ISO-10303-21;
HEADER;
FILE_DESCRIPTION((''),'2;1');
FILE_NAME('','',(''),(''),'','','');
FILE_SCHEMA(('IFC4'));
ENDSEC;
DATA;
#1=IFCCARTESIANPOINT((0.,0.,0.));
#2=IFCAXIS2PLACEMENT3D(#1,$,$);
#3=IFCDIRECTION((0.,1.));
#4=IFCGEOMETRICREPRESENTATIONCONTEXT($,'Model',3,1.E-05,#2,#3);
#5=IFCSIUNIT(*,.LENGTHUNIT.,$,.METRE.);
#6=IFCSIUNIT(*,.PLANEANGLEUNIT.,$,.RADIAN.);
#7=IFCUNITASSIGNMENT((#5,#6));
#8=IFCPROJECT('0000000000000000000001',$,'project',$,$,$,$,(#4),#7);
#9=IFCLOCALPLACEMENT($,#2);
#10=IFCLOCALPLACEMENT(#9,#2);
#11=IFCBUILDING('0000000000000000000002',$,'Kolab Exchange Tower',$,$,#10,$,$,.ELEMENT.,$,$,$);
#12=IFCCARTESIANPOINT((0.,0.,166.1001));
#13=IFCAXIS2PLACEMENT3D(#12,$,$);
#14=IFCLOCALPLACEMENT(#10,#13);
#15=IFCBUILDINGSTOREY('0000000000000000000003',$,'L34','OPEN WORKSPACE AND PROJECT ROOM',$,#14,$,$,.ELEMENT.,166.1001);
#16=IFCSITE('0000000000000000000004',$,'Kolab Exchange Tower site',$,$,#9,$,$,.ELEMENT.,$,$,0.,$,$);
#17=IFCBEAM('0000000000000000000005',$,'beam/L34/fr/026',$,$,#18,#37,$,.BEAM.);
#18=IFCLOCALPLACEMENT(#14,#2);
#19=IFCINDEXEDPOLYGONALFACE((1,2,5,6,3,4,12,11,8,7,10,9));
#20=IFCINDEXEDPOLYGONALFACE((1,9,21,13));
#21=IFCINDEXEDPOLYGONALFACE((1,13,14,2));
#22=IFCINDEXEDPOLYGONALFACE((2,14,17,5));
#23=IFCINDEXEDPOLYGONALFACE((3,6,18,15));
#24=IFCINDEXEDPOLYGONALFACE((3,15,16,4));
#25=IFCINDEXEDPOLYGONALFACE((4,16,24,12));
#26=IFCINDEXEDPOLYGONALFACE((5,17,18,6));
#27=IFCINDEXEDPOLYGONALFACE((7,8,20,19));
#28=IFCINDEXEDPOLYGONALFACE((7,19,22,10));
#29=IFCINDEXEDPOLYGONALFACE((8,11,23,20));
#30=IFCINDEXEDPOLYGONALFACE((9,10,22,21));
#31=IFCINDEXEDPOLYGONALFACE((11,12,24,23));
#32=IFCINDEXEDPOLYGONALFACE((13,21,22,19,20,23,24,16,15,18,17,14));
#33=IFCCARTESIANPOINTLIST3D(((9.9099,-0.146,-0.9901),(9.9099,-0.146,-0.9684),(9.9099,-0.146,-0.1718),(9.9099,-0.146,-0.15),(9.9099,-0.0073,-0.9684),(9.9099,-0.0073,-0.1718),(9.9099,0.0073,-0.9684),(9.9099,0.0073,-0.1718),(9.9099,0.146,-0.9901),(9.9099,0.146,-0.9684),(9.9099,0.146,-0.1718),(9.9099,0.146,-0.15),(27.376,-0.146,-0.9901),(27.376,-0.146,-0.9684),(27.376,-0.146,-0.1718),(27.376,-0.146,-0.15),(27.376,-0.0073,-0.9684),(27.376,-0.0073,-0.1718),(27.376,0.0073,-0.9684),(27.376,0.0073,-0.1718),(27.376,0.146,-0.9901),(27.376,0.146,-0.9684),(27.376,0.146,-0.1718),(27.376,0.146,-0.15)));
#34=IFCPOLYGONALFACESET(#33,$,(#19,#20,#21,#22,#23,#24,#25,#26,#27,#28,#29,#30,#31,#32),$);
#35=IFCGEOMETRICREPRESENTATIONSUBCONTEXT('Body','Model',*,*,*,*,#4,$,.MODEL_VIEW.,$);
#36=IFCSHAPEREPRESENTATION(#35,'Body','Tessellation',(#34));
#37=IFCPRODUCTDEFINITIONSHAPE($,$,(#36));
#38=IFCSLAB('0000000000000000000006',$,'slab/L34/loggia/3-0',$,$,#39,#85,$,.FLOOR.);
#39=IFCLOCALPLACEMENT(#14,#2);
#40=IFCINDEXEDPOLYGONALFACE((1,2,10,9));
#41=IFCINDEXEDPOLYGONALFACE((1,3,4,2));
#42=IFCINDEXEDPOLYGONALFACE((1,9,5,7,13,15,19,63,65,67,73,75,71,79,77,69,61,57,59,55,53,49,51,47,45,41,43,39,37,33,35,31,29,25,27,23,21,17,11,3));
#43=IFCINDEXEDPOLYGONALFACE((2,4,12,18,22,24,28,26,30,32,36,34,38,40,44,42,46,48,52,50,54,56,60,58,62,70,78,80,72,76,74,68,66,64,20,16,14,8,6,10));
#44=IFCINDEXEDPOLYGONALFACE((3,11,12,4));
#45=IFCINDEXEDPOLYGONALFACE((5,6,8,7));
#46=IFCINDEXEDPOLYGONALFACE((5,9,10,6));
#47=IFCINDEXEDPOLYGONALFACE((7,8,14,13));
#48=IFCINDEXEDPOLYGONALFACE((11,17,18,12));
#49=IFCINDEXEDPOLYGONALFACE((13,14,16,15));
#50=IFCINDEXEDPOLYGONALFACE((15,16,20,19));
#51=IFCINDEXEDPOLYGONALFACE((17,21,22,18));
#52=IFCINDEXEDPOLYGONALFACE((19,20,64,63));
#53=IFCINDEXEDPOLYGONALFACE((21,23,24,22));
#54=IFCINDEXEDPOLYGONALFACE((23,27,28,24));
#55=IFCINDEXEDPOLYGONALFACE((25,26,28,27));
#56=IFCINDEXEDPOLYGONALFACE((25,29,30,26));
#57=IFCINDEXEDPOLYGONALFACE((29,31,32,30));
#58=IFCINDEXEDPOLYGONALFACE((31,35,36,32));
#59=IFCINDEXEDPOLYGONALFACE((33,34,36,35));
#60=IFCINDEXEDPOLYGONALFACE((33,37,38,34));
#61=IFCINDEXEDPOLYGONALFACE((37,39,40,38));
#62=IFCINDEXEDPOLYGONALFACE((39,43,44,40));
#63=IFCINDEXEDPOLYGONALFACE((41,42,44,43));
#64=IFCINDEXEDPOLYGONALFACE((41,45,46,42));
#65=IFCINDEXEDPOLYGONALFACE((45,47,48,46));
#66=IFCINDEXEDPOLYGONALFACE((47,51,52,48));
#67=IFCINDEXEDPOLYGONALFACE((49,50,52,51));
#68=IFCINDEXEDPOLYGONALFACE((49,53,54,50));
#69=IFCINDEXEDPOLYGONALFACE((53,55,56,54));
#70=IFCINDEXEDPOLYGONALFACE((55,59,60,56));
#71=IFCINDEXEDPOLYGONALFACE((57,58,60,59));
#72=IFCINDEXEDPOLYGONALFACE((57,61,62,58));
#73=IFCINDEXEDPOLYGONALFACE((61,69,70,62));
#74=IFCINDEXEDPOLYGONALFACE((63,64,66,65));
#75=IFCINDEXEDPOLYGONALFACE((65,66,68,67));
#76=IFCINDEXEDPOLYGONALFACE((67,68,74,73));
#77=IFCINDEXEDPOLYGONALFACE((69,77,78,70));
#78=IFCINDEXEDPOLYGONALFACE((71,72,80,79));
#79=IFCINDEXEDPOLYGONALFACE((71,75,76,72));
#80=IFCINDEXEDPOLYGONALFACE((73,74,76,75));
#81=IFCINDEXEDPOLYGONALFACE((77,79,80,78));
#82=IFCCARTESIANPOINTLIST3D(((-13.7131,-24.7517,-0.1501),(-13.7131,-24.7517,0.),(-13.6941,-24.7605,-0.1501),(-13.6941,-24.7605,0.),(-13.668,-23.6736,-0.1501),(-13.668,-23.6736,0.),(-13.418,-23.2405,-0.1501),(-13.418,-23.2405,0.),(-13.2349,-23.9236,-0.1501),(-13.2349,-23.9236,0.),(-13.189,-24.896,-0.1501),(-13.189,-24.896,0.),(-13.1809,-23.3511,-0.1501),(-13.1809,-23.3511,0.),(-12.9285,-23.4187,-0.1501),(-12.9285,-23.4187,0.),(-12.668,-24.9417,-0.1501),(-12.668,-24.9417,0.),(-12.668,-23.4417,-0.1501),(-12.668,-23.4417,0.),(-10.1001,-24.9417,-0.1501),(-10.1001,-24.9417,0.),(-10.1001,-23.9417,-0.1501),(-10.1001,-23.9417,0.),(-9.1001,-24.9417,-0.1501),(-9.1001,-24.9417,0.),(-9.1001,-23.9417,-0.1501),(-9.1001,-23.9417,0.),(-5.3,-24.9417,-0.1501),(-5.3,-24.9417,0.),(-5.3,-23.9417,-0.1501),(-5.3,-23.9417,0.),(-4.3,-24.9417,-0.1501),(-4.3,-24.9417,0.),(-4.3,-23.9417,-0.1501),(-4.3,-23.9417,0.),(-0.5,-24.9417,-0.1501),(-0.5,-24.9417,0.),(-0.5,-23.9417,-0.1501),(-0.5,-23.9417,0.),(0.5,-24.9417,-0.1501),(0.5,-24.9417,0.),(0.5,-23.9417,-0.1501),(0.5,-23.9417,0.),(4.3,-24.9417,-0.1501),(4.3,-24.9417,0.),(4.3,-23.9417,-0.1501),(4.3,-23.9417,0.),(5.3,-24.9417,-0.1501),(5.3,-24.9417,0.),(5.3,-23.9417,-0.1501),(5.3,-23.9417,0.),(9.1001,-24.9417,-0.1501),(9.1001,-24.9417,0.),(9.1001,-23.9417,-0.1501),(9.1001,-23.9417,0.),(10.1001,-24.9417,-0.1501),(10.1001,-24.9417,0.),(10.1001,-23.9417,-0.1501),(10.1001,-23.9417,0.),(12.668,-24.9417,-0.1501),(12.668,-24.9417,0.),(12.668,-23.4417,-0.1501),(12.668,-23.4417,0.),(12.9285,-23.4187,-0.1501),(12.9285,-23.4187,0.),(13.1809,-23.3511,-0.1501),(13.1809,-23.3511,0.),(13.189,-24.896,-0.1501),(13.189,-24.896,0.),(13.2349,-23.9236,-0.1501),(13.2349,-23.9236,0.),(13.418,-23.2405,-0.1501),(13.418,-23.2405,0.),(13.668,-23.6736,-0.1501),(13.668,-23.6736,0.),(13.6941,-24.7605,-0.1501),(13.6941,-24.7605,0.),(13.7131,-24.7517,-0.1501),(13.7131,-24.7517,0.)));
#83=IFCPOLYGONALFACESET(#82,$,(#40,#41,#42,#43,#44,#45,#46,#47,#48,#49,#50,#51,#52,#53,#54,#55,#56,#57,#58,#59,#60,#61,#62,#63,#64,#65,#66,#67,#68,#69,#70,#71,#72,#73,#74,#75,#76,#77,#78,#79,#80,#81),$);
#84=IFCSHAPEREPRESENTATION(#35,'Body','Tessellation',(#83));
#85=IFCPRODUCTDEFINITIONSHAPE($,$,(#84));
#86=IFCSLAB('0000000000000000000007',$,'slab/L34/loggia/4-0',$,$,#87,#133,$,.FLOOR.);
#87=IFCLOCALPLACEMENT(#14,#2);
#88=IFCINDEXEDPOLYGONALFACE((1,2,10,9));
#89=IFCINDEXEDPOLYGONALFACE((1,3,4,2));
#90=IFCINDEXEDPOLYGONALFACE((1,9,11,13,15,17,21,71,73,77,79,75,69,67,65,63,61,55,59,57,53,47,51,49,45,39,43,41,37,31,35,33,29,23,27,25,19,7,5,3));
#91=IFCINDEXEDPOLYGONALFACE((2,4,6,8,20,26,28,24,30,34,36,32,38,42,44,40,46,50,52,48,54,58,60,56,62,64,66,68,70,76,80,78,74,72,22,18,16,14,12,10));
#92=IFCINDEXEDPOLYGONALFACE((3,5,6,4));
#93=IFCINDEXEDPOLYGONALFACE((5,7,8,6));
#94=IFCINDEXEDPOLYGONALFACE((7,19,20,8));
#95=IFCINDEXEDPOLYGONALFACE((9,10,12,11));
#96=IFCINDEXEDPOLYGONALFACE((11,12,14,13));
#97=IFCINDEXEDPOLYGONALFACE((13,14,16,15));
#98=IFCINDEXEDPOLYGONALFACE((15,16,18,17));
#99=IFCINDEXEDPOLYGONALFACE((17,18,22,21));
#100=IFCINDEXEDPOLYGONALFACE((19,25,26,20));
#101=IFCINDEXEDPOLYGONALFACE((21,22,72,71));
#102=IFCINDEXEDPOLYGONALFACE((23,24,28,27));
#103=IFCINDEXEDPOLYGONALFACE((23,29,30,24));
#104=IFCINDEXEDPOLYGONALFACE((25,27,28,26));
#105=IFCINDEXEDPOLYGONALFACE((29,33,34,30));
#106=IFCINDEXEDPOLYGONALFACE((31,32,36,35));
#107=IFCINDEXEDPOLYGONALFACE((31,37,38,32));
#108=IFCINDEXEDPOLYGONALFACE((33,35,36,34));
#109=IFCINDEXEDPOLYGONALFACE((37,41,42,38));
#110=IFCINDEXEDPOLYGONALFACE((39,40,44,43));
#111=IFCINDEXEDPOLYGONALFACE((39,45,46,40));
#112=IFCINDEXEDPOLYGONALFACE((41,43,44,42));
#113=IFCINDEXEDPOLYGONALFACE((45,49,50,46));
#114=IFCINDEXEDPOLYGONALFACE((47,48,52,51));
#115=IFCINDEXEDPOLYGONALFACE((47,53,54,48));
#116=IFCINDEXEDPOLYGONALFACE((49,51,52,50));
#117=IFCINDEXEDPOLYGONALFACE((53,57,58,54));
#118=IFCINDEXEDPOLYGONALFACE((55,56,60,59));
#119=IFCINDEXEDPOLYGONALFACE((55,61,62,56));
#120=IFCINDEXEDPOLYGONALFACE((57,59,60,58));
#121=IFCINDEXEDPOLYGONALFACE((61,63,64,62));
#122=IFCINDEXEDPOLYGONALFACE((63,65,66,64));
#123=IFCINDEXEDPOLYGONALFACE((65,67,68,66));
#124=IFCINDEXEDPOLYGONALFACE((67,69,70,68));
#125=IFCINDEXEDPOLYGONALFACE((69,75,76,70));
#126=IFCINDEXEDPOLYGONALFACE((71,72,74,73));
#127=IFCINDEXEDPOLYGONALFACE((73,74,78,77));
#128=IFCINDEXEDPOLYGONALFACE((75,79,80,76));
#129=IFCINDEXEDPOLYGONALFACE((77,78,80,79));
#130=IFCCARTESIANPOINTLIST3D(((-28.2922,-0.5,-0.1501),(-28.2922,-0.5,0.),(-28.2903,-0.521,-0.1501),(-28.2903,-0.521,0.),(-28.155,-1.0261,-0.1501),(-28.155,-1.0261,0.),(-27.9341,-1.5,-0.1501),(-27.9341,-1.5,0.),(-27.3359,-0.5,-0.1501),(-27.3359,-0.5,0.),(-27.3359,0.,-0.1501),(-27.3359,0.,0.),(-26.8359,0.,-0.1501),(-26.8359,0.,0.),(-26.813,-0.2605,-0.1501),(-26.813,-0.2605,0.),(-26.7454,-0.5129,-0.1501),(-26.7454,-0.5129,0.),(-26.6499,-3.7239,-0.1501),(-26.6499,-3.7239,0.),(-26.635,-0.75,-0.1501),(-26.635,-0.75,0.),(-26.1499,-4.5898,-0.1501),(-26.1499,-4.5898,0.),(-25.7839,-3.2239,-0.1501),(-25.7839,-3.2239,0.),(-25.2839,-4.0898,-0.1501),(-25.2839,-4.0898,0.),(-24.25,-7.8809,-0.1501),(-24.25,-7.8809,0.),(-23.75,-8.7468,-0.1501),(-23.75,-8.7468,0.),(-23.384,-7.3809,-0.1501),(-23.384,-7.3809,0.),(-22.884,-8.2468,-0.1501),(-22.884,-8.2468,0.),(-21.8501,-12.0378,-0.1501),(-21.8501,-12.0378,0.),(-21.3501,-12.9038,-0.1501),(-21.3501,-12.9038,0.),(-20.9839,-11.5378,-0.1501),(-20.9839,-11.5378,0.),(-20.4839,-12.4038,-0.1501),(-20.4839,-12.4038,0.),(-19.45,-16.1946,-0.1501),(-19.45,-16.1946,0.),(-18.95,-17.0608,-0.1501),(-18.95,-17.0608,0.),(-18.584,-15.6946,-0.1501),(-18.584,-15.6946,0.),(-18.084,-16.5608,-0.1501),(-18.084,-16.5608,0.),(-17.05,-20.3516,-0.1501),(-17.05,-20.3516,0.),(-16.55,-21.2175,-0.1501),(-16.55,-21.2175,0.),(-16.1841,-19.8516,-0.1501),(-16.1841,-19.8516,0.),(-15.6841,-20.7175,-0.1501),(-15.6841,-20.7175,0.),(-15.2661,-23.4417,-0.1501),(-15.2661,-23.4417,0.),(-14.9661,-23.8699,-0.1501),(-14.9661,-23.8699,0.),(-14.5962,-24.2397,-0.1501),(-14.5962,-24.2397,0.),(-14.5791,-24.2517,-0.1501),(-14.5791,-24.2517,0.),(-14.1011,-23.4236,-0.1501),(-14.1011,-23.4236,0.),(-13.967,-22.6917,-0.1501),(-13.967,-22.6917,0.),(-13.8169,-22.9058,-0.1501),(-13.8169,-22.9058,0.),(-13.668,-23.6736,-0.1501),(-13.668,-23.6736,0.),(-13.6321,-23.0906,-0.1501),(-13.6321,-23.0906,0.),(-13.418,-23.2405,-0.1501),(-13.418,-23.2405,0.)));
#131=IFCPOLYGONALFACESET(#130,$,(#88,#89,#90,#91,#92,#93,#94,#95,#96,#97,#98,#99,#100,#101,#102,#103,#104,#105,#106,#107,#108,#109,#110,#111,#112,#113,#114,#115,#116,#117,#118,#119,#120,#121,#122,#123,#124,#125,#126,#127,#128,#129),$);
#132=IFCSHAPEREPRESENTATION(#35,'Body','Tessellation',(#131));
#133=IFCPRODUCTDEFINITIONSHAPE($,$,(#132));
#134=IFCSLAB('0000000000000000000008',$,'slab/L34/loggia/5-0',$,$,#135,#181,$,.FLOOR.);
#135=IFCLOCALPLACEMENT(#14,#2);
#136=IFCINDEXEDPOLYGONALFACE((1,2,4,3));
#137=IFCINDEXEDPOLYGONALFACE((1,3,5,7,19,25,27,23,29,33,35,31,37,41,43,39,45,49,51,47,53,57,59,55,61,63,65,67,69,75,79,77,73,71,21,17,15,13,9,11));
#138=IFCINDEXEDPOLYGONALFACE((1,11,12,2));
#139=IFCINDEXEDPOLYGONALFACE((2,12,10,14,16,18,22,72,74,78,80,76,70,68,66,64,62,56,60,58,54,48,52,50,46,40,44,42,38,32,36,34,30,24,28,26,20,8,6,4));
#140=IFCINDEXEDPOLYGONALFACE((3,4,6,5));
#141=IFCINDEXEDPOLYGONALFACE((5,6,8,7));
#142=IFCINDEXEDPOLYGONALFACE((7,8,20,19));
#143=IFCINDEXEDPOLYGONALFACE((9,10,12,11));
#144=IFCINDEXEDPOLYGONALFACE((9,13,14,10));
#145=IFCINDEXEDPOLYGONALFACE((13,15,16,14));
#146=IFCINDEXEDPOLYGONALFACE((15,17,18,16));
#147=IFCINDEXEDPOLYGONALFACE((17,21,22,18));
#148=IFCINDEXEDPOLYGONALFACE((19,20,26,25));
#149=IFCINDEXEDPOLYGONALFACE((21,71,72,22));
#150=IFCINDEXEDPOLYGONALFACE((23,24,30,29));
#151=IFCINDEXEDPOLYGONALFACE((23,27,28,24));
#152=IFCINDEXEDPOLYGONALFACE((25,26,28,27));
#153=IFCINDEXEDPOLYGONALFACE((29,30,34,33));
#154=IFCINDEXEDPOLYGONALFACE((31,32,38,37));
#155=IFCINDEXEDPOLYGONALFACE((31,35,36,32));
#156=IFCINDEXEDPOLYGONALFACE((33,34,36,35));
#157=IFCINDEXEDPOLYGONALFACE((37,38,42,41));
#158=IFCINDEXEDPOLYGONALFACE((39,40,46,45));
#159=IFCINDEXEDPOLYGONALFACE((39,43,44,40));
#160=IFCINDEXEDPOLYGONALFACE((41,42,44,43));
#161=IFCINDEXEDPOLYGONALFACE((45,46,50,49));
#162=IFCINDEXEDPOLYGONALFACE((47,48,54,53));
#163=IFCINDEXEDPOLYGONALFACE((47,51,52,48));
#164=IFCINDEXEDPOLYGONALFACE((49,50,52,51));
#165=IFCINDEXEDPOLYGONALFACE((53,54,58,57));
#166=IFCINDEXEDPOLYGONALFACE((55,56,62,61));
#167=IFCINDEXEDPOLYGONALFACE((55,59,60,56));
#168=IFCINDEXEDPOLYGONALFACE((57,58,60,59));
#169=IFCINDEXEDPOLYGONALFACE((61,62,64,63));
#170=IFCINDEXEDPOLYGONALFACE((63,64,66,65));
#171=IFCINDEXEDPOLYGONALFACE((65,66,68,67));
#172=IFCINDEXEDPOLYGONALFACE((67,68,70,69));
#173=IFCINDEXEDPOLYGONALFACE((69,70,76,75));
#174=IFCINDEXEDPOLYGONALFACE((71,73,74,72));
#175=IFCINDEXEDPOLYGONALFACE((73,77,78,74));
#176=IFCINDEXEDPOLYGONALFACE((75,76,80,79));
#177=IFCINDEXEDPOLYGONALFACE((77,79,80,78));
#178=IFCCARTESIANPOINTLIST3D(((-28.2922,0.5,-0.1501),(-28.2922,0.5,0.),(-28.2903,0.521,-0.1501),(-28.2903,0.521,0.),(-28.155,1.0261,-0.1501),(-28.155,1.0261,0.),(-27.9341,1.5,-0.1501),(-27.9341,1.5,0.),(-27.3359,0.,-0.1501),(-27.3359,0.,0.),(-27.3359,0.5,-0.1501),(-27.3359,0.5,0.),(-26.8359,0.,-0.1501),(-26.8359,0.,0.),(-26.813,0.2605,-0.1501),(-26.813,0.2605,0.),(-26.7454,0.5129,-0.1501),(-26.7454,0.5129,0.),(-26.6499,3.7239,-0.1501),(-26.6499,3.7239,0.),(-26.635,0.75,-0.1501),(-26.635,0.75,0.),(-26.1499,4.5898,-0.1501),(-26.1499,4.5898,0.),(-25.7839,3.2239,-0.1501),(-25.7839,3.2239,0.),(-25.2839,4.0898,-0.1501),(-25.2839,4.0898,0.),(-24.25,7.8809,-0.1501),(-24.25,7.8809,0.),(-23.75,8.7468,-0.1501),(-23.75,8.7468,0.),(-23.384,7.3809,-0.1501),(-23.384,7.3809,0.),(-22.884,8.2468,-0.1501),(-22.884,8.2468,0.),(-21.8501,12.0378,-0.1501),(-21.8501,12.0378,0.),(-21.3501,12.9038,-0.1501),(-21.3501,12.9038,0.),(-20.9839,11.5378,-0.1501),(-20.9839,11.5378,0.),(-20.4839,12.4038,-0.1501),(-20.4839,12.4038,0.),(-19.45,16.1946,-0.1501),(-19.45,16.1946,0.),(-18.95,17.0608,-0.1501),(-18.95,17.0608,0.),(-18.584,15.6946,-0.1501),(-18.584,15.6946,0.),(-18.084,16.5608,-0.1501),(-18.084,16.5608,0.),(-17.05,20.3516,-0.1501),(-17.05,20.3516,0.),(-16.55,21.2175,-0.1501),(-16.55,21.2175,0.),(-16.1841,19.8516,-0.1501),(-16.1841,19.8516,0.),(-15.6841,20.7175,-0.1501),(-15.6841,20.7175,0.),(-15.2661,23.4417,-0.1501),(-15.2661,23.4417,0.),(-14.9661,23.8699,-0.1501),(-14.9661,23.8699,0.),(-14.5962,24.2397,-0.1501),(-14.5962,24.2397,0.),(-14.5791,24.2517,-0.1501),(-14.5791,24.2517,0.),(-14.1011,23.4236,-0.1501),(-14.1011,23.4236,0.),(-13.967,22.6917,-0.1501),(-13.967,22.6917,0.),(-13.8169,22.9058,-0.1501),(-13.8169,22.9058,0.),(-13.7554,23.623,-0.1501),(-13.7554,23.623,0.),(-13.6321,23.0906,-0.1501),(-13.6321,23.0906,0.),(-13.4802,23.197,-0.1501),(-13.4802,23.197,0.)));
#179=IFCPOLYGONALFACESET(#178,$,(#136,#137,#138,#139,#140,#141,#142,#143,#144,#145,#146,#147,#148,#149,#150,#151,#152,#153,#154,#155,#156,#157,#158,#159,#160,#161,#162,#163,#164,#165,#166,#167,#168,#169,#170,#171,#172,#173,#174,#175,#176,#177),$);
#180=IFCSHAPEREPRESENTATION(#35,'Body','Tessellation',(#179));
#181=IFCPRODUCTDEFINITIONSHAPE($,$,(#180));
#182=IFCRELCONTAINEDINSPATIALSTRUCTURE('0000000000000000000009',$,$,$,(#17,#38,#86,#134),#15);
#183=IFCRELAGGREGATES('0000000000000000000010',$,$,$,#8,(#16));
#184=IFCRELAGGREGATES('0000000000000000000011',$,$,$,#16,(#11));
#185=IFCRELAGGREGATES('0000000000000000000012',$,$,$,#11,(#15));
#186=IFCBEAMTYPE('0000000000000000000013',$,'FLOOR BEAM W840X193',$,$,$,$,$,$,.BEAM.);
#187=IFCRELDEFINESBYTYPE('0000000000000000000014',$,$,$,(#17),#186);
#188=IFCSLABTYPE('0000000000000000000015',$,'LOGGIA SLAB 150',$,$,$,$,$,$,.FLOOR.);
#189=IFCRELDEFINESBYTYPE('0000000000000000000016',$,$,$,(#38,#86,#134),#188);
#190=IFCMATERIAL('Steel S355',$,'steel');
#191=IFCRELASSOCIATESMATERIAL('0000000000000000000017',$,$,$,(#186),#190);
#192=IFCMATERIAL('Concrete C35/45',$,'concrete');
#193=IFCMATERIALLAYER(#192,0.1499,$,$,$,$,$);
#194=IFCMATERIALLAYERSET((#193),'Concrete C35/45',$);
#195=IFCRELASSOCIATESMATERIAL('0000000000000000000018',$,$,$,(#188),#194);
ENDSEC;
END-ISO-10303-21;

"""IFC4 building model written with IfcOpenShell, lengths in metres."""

from ifc_helpers import new_model, si_unit, direction, frame, origin, origin_2d, place, context, subcontext, project, spatial, polyline, i_section, outline, extrude, material, layer, layer_set, material_profile, profile_set, type_object, element, save


model = new_model("IFC4")

# Units and contexts
model_context = context("Model", 3, precision=1e-05, world=origin(), true_north=direction((0.0, 1.0)))
body_context = subcontext(model_context, "Body", "Model", "MODEL_VIEW")
ifc_project = project(units=[si_unit("LENGTHUNIT", "METRE"), si_unit("PLANEANGLEUNIT", "RADIAN")], contexts=[model_context])

# Site, building, storey
site_placement = place(None, origin())
site = spatial("IfcSite", under=ifc_project, at=site_placement, Name="Kolab Exchange Tower site", CompositionType="ELEMENT", RefElevation=0.0)
building_placement = place(site_placement, origin())
building = spatial("IfcBuilding", under=site, at=building_placement, Name="Kolab Exchange Tower", CompositionType="ELEMENT")
storey_placement = place(building_placement, frame((0.0, 0.0, 166.1001)))
storey = spatial("IfcBuildingStorey", under=building, at=storey_placement, Name="L34", Description="OPEN WORKSPACE AND PROJECT ROOM", CompositionType="ELEMENT", Elevation=166.1001)

# Beam
ifc_material_1 = material(Name="Steel S355", Category="steel")
ifc_material_profile = material_profile(ifc_material_1, i_section(OverallWidth=0.292, OverallDepth=0.8401, WebThickness=0.0146, FlangeThickness=0.0217, at=origin_2d()), Name="W840X193")
ifc_profile_set = profile_set([ifc_material_profile], Name="Steel S355")
beam_type = type_object("IfcBeamType", Name="FLOOR BEAM W840X193", PredefinedType="BEAM", material=ifc_profile_set)
beam_placement = place(storey_placement, frame((9.9099, 0.0, -0.5701), z_axis=(1.0, 0.0, 0.0), x_axis=(0.0, 1.0, 0.0)))
element("IfcBeam", 1, at=beam_placement, inside=storey, type_object=beam_type, Name="beam/L34/fr/026", PredefinedType="BEAM", context=body_context, shape_type="SweptSolid", body=[
    extrude(i_section(OverallWidth=0.292, OverallDepth=0.8401, WebThickness=0.0146, FlangeThickness=0.0217, at=origin_2d()), origin(), (0.0, 0.0, 1.0), 17.4661),
])

# Slabs
ifc_material_2 = material(Name="Concrete C35/45", Category="concrete")
ifc_layer_1 = layer(ifc_material_2, 0.1499)
ifc_layer_set_1 = layer_set([ifc_layer_1], Name="Concrete C35/45")
slab_type_1 = type_object("IfcSlabType", Name="LOGGIA SLAB 150", PredefinedType="FLOOR", material=ifc_layer_set_1)
slab_1_placement = place(storey_placement, frame((0.0, 0.0, -0.1501)))
element("IfcSlab", 2, at=slab_1_placement, inside=storey, type_object=slab_type_1, Name="slab/L34/loggia/3-0", PredefinedType="FLOOR", context=body_context, shape_type="SweptSolid", body=[
    extrude(outline(polyline([(-13.1809, -23.3511), (-13.418, -23.2405), (-13.668, -23.6736), (-13.2349, -23.9236), (-13.7131, -24.7517), (-13.6941, -24.7605), (-13.189, -24.896), (-12.668, -24.9417), (-10.1001, -24.9417), (-10.1001, -23.9417), (-9.1001, -23.9417), (-9.1001, -24.9417), (-5.3, -24.9417), (-5.3, -23.9417), (-4.3, -23.9417), (-4.3, -24.9417), (-0.5, -24.9417), (-0.5, -23.9417), (0.5, -23.9417), (0.5, -24.9417), (4.3, -24.9417), (4.3, -23.9417), (5.3, -23.9417), (5.3, -24.9417), (9.1001, -24.9417), (9.1001, -23.9417), (10.1001, -23.9417), (10.1001, -24.9417), (12.668, -24.9417), (13.189, -24.896), (13.6941, -24.7605), (13.7131, -24.7517), (13.2349, -23.9236), (13.668, -23.6736), (13.418, -23.2405), (13.1809, -23.3511), (12.9285, -23.4187), (12.668, -23.4417), (-12.668, -23.4417), (-12.9285, -23.4187), (-13.1809, -23.3511)])), origin(), (0.0, 0.0, 1.0), 0.1501),
])
slab_2_placement = place(storey_placement, frame((0.0, 0.0, -0.1501)))
element("IfcSlab", 3, at=slab_2_placement, inside=storey, type_object=slab_type_1, Name="slab/L34/loggia/4-0", PredefinedType="FLOOR", context=body_context, shape_type="SweptSolid", body=[
    extrude(outline(polyline([(-26.813, -0.2605), (-26.8359, 0.0), (-27.3359, 0.0), (-27.3359, -0.5), (-28.2922, -0.5), (-28.2903, -0.521), (-28.155, -1.0261), (-27.9341, -1.5), (-26.6499, -3.7239), (-25.7839, -3.2239), (-25.2839, -4.0898), (-26.1499, -4.5898), (-24.25, -7.8809), (-23.384, -7.3809), (-22.884, -8.2468), (-23.75, -8.7468), (-21.8501, -12.0378), (-20.9839, -11.5378), (-20.4839, -12.4038), (-21.3501, -12.9038), (-19.45, -16.1946), (-18.584, -15.6946), (-18.084, -16.5608), (-18.95, -17.0608), (-17.05, -20.3516), (-16.1841, -19.8516), (-15.6841, -20.7175), (-16.55, -21.2175), (-15.2661, -23.4417), (-14.9661, -23.8699), (-14.5962, -24.2397), (-14.5791, -24.2517), (-14.1011, -23.4236), (-13.668, -23.6736), (-13.418, -23.2405), (-13.6321, -23.0906), (-13.8169, -22.9058), (-13.967, -22.6917), (-26.635, -0.75), (-26.7454, -0.5129), (-26.813, -0.2605)])), origin(), (0.0, 0.0, 1.0), 0.1501),
])
slab_3_placement = place(storey_placement, frame((0.0, 0.0, -0.1501)))
element("IfcSlab", 4, at=slab_3_placement, inside=storey, type_object=slab_type_1, Name="slab/L34/loggia/5-0", PredefinedType="FLOOR", context=body_context, shape_type="SweptSolid", body=[
    extrude(outline(polyline([(-13.6321, 23.0906), (-13.4802, 23.197), (-13.7554, 23.623), (-14.1011, 23.4236), (-14.5791, 24.2517), (-14.5962, 24.2397), (-14.9661, 23.8699), (-15.2661, 23.4417), (-16.55, 21.2175), (-15.6841, 20.7175), (-16.1841, 19.8516), (-17.05, 20.3516), (-18.95, 17.0608), (-18.084, 16.5608), (-18.584, 15.6946), (-19.45, 16.1946), (-21.3501, 12.9038), (-20.4839, 12.4038), (-20.9839, 11.5378), (-21.8501, 12.0378), (-23.75, 8.7468), (-22.884, 8.2468), (-23.384, 7.3809), (-24.25, 7.8809), (-26.1499, 4.5898), (-25.2839, 4.0898), (-25.7839, 3.2239), (-26.6499, 3.7239), (-27.9341, 1.5), (-28.155, 1.0261), (-28.2903, 0.521), (-28.2922, 0.5), (-27.3359, 0.5), (-27.3359, 0.0), (-26.8359, 0.0), (-26.813, 0.2605), (-26.7454, 0.5129), (-26.635, 0.75), (-13.967, 22.6917), (-13.8169, 22.9058), (-13.6321, 23.0906)])), origin(), (0.0, 0.0, 1.0), 0.1501),
])

save(model, "model.ifc")
